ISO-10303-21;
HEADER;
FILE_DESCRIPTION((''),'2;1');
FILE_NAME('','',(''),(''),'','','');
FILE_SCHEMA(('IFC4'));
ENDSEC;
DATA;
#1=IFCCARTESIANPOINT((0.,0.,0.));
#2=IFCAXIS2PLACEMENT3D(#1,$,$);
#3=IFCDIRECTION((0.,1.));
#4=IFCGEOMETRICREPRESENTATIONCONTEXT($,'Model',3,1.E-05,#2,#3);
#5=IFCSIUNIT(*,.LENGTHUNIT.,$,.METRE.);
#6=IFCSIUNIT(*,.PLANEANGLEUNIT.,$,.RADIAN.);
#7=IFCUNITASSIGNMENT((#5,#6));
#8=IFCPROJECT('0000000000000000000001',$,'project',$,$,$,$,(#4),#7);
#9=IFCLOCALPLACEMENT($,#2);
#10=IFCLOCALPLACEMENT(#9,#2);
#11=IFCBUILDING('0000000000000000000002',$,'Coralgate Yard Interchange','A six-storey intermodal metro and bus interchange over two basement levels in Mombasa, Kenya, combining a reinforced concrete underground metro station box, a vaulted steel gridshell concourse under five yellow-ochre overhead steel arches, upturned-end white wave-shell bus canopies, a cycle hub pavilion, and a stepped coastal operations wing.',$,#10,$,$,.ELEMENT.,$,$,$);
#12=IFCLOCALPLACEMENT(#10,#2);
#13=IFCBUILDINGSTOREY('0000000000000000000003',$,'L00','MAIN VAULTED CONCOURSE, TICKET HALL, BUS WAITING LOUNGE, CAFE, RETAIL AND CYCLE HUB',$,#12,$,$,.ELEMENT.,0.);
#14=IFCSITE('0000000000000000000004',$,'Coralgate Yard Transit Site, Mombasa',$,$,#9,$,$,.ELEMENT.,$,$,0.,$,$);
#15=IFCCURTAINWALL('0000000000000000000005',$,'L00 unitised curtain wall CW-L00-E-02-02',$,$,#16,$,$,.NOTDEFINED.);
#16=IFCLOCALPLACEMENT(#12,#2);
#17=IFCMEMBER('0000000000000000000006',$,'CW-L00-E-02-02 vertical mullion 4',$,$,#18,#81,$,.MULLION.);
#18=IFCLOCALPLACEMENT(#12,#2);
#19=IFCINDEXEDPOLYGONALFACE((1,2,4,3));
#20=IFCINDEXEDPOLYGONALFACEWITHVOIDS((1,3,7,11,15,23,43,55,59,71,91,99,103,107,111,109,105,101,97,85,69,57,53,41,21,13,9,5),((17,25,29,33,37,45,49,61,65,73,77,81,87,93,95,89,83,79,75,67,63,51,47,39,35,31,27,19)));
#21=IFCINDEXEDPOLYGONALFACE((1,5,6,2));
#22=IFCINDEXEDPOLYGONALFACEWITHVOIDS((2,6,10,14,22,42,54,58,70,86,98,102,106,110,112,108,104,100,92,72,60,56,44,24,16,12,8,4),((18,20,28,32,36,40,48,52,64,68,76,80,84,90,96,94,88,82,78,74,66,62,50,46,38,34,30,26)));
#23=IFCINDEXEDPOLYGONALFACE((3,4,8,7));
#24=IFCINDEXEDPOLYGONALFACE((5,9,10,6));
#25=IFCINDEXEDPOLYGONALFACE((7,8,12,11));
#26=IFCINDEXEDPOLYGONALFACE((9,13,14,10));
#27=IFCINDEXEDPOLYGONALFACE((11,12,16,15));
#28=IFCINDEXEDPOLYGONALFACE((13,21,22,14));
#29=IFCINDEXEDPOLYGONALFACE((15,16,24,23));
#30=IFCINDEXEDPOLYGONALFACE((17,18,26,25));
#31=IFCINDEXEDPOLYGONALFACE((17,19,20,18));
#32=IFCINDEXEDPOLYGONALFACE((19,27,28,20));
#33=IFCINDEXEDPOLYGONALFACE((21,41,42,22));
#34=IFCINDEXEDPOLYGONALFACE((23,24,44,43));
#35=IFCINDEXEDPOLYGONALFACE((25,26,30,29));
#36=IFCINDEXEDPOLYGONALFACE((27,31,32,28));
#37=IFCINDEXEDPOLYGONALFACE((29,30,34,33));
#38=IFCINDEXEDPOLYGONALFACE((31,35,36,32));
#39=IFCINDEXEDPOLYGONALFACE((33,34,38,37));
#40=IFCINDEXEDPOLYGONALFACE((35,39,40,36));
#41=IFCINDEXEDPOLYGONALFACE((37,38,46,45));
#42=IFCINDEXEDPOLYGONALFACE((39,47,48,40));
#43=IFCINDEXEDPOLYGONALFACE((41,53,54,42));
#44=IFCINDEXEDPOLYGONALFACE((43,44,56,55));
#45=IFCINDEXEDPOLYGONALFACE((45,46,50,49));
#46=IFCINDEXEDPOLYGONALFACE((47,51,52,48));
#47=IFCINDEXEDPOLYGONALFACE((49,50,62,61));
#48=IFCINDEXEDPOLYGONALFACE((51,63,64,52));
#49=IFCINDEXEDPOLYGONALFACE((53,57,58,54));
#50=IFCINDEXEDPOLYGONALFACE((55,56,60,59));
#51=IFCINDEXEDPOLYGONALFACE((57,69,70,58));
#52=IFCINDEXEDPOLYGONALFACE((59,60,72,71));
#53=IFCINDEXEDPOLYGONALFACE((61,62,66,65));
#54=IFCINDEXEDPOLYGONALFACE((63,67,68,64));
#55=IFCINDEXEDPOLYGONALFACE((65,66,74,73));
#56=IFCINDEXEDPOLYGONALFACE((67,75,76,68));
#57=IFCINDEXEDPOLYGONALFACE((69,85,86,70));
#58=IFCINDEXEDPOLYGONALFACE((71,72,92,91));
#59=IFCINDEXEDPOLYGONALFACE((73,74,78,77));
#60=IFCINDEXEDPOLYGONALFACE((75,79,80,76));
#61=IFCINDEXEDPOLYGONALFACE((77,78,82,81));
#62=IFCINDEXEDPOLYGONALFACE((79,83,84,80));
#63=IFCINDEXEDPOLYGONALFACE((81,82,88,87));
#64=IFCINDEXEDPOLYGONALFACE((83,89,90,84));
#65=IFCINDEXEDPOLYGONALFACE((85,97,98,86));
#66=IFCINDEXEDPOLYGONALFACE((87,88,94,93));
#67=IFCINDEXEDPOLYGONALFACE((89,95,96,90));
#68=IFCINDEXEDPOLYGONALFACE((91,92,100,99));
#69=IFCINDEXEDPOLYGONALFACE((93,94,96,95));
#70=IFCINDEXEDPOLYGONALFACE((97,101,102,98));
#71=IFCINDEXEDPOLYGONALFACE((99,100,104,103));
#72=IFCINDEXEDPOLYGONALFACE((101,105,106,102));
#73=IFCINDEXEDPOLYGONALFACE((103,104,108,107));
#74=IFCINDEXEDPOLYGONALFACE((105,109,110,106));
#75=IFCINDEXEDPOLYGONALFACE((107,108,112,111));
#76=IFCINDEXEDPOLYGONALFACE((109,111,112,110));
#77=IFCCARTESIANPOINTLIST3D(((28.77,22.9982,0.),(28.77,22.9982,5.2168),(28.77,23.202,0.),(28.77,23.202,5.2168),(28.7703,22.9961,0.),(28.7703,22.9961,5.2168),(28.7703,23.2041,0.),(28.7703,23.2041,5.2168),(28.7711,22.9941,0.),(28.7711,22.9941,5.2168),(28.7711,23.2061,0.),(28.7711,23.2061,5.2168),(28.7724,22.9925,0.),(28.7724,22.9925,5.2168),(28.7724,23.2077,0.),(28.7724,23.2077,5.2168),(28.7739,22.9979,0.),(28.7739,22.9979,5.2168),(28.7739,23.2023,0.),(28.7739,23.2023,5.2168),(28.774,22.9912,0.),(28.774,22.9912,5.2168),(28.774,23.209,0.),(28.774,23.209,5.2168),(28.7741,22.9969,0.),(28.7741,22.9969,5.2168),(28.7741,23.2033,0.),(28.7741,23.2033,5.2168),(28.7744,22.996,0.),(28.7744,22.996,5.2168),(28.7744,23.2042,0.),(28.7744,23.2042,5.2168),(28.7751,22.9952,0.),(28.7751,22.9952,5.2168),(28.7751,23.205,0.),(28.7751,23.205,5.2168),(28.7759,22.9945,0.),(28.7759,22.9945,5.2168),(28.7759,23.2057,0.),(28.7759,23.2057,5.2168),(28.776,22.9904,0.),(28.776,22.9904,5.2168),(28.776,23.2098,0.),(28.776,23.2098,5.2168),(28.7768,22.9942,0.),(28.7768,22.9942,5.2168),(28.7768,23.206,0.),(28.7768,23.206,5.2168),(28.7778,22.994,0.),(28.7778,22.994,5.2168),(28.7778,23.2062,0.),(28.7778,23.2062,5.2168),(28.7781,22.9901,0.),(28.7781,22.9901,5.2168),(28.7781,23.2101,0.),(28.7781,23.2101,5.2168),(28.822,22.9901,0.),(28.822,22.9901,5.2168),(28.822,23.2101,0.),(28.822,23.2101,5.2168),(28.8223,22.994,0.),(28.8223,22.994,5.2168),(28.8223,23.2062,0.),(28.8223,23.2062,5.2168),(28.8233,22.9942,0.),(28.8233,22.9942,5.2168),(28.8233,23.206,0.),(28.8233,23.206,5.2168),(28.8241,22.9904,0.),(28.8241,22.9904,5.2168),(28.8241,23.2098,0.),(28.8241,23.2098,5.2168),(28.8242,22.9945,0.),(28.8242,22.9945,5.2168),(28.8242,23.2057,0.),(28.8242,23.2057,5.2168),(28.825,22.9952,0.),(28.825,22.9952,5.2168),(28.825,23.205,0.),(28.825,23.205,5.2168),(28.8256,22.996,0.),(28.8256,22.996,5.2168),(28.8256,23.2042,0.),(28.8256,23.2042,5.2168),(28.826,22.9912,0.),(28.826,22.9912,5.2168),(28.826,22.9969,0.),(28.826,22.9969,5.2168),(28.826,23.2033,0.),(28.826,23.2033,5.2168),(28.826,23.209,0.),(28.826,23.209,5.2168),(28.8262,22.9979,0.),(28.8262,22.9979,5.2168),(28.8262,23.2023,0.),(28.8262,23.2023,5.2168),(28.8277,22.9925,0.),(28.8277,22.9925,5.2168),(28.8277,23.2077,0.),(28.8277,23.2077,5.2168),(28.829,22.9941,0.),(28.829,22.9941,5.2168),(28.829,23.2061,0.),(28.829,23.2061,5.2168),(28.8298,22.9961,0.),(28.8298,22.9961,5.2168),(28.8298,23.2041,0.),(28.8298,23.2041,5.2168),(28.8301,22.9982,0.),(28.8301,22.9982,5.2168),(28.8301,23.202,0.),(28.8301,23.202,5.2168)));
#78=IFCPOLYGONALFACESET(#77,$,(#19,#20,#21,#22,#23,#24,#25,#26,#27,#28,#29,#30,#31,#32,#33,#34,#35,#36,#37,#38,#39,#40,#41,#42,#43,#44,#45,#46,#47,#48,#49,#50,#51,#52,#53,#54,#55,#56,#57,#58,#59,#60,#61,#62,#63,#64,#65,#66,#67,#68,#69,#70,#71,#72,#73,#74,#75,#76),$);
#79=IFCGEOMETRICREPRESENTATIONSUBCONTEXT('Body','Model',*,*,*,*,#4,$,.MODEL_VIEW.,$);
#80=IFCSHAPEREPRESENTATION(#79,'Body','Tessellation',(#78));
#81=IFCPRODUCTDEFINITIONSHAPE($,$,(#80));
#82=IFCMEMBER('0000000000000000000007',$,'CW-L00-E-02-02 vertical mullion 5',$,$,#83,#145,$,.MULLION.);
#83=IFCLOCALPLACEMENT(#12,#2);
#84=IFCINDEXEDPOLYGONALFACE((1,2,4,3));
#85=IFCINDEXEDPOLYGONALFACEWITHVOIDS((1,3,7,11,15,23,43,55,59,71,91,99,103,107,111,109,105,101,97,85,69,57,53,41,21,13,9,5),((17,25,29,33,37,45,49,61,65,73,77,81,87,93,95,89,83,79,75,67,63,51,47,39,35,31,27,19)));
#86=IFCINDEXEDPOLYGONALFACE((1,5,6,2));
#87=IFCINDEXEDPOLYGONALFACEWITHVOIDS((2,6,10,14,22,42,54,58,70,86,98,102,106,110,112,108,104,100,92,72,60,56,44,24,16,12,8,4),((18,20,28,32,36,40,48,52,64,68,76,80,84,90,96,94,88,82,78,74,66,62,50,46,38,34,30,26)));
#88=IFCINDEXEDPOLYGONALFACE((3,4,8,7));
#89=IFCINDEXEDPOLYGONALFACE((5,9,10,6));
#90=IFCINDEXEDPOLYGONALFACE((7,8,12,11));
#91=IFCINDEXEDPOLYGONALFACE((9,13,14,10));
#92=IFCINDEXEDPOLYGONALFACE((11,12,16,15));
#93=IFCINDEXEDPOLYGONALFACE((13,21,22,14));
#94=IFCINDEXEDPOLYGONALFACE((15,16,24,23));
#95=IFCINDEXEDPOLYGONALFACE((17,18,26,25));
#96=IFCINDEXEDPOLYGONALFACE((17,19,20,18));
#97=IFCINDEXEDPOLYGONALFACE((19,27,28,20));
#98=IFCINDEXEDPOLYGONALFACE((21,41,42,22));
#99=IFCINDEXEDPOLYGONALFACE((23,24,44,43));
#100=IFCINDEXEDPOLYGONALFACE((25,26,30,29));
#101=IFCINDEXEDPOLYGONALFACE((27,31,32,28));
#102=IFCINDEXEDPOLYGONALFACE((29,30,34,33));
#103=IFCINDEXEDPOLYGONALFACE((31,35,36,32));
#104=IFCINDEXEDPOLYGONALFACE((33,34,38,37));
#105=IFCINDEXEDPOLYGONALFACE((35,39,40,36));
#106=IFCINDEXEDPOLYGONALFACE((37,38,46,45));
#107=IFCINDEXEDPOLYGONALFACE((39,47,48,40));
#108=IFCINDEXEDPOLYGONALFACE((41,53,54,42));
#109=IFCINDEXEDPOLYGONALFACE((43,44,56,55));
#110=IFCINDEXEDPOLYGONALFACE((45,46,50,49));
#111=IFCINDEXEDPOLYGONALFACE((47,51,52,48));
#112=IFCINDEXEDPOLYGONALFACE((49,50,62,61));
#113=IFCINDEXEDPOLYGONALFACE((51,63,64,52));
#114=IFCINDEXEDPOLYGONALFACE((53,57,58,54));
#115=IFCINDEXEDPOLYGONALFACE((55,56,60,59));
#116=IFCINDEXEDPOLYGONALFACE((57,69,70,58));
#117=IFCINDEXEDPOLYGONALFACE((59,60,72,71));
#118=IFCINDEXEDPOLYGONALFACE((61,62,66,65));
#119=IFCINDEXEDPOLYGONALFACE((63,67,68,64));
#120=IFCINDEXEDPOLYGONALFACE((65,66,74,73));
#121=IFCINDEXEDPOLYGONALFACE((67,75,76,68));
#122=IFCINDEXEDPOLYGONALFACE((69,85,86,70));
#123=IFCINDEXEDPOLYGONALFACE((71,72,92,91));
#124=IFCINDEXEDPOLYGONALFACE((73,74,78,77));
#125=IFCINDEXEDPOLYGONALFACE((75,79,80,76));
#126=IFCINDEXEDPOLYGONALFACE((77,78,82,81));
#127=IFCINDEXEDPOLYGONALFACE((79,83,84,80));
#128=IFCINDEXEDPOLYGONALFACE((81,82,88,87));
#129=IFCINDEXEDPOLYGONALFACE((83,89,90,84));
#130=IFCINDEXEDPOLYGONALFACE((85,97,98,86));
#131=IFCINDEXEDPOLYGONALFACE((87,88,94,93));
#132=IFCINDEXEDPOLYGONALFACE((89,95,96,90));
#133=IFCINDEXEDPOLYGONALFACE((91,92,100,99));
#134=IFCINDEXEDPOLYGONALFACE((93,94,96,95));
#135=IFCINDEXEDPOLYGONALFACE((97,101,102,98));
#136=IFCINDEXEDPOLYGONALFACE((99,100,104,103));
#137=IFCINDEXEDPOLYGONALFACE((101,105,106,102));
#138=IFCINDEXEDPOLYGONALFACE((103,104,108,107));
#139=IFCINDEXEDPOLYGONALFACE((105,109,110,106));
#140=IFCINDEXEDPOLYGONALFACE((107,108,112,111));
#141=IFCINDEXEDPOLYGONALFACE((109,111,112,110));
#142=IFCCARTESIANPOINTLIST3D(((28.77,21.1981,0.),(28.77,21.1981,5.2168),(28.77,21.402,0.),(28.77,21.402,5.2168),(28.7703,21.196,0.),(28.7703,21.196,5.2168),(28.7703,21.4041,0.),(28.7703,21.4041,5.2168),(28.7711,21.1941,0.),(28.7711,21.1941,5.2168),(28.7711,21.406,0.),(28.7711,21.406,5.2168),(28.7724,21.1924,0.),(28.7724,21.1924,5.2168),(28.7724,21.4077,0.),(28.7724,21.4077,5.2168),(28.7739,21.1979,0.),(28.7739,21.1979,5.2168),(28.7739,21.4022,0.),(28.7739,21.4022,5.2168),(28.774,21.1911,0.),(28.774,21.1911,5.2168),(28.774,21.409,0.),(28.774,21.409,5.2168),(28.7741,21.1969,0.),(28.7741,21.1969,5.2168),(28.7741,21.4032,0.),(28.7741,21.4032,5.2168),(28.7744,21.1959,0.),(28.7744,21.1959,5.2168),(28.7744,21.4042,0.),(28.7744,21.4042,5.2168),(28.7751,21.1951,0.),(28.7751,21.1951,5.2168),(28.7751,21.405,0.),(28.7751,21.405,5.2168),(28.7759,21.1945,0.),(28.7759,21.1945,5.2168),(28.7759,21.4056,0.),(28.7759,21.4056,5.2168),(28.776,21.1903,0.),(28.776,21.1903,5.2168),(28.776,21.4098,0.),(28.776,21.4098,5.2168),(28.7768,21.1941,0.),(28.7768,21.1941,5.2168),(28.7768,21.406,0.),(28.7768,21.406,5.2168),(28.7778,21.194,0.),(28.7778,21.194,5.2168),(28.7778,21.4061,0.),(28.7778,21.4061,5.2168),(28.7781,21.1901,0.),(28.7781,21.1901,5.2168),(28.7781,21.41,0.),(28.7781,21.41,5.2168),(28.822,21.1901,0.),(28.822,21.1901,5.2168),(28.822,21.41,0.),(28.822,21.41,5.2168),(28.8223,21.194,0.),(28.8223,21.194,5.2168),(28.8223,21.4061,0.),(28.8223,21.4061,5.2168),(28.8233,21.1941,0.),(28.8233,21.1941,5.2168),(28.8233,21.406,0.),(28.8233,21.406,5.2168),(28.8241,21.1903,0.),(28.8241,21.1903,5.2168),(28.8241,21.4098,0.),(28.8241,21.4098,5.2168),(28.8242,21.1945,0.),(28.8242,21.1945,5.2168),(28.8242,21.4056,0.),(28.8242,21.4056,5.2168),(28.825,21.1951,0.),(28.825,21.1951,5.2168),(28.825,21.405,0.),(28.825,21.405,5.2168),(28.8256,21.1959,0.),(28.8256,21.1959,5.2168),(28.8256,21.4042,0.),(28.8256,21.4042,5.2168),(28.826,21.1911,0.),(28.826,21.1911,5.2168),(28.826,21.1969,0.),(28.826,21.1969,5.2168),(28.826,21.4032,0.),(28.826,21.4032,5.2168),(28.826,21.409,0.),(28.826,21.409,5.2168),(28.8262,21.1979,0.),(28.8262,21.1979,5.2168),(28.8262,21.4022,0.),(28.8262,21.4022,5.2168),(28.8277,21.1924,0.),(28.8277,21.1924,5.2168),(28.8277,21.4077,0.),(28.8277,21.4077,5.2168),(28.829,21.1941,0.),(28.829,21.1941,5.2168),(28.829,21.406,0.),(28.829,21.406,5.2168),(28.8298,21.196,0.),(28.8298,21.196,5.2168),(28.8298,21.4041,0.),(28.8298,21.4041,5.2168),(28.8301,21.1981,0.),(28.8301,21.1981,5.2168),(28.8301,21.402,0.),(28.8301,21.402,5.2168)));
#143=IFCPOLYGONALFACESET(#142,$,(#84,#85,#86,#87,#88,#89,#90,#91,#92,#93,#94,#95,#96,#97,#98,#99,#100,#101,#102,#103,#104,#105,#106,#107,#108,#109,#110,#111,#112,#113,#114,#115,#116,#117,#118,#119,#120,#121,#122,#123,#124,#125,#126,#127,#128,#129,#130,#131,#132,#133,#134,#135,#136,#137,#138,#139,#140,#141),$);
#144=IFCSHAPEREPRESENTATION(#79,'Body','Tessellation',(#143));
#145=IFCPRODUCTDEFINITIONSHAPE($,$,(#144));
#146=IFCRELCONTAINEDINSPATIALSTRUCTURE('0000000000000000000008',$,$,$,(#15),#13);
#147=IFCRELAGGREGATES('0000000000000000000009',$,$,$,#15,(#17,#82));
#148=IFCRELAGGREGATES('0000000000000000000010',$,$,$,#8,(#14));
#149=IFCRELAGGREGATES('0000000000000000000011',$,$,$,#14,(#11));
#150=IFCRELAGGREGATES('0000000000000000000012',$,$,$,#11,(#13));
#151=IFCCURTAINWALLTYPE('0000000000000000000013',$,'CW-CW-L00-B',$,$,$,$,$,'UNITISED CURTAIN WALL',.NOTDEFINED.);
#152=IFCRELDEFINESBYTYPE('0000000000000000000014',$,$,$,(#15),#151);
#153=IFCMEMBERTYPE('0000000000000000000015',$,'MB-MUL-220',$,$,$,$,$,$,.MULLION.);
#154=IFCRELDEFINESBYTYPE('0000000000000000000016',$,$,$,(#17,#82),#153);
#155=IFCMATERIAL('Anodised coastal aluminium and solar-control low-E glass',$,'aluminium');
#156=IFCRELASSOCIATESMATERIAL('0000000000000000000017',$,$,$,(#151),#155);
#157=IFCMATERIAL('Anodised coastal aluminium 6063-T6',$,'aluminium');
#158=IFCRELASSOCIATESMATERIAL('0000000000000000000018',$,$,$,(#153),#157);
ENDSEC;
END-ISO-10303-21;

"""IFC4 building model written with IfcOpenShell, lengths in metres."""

from ifc_helpers import new_model, si_unit, direction, frame, origin, origin_2d, place, context, subcontext, project, spatial, hollow_rectangle, extrude, material, material_profile, profile_set, type_object, element, aggregate, save


model = new_model("IFC4")

# Units and contexts
model_context = context("Model", 3, precision=1e-05, world=origin(), true_north=direction((0.0, 1.0)))
body_context = subcontext(model_context, "Body", "Model", "MODEL_VIEW")
ifc_project = project(units=[si_unit("LENGTHUNIT", "METRE"), si_unit("PLANEANGLEUNIT", "RADIAN")], contexts=[model_context])

# Site, building, storey
site_placement = place(None, origin())
site = spatial("IfcSite", under=ifc_project, at=site_placement, Name="Coralgate Yard Transit Site, Mombasa", CompositionType="ELEMENT", RefElevation=0.0)
building_placement = place(site_placement, origin())
building = spatial("IfcBuilding", under=site, at=building_placement, Name="Coralgate Yard Interchange", Description="A six-storey intermodal metro and bus interchange over two basement levels in Mombasa, Kenya, combining a reinforced concrete underground metro station box, a vaulted steel gridshell concourse under five yellow-ochre overhead steel arches, upturned-end white wave-shell bus canopies, a cycle hub pavilion, and a stepped coastal operations wing.", CompositionType="ELEMENT")
storey_placement = place(building_placement, origin())
storey = spatial("IfcBuildingStorey", under=building, at=storey_placement, Name="L00", Description="MAIN VAULTED CONCOURSE, TICKET HALL, BUS WAITING LOUNGE, CAFE, RETAIL AND CYCLE HUB", CompositionType="ELEMENT", Elevation=0.0)

# Curtain wall, members
ifc_material_1 = material(Name="Anodised coastal aluminium and solar-control low-E glass", Category="aluminium")
curtain_wall_type = type_object("IfcCurtainWallType", Name="CW-CW-L00-B", ElementType="UNITISED CURTAIN WALL", PredefinedType="NOTDEFINED", material=ifc_material_1)
curtain_wall_placement = place(storey_placement, origin())
curtain_wall = element("IfcCurtainWall", 1, at=curtain_wall_placement, inside=storey, type_object=curtain_wall_type, Name="L00 unitised curtain wall CW-L00-E-02-02", PredefinedType="NOTDEFINED")
ifc_material_2 = material(Name="Anodised coastal aluminium 6063-T6", Category="aluminium")
ifc_material_profile_1 = material_profile(ifc_material_2, hollow_rectangle(XDim=0.0601, YDim=0.22, WallThickness=0.0039, InnerFilletRadius=0.0039, OuterFilletRadius=0.0081, at=origin_2d()), Name="ALU 60x220x4")
ifc_profile_set_1 = profile_set([ifc_material_profile_1], Name="Anodised coastal aluminium 6063-T6")
member_type_1 = type_object("IfcMemberType", Name="MB-MUL-220", PredefinedType="MULLION", material=ifc_profile_set_1)
member_1_placement = place(storey_placement, frame((28.8, 23.1001, 0.0), z_axis=(0.0, 0.0, 1.0), x_axis=(1.0, 0.0, 0.0)))
member_1 = element("IfcMember", 2, at=member_1_placement, type_object=member_type_1, Name="CW-L00-E-02-02 vertical mullion 4", PredefinedType="MULLION", context=body_context, shape_type="SweptSolid", body=[
    extrude(hollow_rectangle(XDim=0.0601, YDim=0.22, WallThickness=0.0039, InnerFilletRadius=0.0039, OuterFilletRadius=0.0081, at=origin_2d()), origin(), (0.0, 0.0, 1.0), 5.2168),
])
member_2_placement = place(storey_placement, frame((28.8, 21.3, 0.0), z_axis=(0.0, 0.0, 1.0), x_axis=(1.0, 0.0, 0.0)))
member_2 = element("IfcMember", 3, at=member_2_placement, type_object=member_type_1, Name="CW-L00-E-02-02 vertical mullion 5", PredefinedType="MULLION", context=body_context, shape_type="SweptSolid", body=[
    extrude(hollow_rectangle(XDim=0.0601, YDim=0.22, WallThickness=0.0039, InnerFilletRadius=0.0039, OuterFilletRadius=0.0081, at=origin_2d()), origin(), (0.0, 0.0, 1.0), 5.2168),
])
aggregate(curtain_wall, [member_1, member_2])

save(model, "model.ifc")
